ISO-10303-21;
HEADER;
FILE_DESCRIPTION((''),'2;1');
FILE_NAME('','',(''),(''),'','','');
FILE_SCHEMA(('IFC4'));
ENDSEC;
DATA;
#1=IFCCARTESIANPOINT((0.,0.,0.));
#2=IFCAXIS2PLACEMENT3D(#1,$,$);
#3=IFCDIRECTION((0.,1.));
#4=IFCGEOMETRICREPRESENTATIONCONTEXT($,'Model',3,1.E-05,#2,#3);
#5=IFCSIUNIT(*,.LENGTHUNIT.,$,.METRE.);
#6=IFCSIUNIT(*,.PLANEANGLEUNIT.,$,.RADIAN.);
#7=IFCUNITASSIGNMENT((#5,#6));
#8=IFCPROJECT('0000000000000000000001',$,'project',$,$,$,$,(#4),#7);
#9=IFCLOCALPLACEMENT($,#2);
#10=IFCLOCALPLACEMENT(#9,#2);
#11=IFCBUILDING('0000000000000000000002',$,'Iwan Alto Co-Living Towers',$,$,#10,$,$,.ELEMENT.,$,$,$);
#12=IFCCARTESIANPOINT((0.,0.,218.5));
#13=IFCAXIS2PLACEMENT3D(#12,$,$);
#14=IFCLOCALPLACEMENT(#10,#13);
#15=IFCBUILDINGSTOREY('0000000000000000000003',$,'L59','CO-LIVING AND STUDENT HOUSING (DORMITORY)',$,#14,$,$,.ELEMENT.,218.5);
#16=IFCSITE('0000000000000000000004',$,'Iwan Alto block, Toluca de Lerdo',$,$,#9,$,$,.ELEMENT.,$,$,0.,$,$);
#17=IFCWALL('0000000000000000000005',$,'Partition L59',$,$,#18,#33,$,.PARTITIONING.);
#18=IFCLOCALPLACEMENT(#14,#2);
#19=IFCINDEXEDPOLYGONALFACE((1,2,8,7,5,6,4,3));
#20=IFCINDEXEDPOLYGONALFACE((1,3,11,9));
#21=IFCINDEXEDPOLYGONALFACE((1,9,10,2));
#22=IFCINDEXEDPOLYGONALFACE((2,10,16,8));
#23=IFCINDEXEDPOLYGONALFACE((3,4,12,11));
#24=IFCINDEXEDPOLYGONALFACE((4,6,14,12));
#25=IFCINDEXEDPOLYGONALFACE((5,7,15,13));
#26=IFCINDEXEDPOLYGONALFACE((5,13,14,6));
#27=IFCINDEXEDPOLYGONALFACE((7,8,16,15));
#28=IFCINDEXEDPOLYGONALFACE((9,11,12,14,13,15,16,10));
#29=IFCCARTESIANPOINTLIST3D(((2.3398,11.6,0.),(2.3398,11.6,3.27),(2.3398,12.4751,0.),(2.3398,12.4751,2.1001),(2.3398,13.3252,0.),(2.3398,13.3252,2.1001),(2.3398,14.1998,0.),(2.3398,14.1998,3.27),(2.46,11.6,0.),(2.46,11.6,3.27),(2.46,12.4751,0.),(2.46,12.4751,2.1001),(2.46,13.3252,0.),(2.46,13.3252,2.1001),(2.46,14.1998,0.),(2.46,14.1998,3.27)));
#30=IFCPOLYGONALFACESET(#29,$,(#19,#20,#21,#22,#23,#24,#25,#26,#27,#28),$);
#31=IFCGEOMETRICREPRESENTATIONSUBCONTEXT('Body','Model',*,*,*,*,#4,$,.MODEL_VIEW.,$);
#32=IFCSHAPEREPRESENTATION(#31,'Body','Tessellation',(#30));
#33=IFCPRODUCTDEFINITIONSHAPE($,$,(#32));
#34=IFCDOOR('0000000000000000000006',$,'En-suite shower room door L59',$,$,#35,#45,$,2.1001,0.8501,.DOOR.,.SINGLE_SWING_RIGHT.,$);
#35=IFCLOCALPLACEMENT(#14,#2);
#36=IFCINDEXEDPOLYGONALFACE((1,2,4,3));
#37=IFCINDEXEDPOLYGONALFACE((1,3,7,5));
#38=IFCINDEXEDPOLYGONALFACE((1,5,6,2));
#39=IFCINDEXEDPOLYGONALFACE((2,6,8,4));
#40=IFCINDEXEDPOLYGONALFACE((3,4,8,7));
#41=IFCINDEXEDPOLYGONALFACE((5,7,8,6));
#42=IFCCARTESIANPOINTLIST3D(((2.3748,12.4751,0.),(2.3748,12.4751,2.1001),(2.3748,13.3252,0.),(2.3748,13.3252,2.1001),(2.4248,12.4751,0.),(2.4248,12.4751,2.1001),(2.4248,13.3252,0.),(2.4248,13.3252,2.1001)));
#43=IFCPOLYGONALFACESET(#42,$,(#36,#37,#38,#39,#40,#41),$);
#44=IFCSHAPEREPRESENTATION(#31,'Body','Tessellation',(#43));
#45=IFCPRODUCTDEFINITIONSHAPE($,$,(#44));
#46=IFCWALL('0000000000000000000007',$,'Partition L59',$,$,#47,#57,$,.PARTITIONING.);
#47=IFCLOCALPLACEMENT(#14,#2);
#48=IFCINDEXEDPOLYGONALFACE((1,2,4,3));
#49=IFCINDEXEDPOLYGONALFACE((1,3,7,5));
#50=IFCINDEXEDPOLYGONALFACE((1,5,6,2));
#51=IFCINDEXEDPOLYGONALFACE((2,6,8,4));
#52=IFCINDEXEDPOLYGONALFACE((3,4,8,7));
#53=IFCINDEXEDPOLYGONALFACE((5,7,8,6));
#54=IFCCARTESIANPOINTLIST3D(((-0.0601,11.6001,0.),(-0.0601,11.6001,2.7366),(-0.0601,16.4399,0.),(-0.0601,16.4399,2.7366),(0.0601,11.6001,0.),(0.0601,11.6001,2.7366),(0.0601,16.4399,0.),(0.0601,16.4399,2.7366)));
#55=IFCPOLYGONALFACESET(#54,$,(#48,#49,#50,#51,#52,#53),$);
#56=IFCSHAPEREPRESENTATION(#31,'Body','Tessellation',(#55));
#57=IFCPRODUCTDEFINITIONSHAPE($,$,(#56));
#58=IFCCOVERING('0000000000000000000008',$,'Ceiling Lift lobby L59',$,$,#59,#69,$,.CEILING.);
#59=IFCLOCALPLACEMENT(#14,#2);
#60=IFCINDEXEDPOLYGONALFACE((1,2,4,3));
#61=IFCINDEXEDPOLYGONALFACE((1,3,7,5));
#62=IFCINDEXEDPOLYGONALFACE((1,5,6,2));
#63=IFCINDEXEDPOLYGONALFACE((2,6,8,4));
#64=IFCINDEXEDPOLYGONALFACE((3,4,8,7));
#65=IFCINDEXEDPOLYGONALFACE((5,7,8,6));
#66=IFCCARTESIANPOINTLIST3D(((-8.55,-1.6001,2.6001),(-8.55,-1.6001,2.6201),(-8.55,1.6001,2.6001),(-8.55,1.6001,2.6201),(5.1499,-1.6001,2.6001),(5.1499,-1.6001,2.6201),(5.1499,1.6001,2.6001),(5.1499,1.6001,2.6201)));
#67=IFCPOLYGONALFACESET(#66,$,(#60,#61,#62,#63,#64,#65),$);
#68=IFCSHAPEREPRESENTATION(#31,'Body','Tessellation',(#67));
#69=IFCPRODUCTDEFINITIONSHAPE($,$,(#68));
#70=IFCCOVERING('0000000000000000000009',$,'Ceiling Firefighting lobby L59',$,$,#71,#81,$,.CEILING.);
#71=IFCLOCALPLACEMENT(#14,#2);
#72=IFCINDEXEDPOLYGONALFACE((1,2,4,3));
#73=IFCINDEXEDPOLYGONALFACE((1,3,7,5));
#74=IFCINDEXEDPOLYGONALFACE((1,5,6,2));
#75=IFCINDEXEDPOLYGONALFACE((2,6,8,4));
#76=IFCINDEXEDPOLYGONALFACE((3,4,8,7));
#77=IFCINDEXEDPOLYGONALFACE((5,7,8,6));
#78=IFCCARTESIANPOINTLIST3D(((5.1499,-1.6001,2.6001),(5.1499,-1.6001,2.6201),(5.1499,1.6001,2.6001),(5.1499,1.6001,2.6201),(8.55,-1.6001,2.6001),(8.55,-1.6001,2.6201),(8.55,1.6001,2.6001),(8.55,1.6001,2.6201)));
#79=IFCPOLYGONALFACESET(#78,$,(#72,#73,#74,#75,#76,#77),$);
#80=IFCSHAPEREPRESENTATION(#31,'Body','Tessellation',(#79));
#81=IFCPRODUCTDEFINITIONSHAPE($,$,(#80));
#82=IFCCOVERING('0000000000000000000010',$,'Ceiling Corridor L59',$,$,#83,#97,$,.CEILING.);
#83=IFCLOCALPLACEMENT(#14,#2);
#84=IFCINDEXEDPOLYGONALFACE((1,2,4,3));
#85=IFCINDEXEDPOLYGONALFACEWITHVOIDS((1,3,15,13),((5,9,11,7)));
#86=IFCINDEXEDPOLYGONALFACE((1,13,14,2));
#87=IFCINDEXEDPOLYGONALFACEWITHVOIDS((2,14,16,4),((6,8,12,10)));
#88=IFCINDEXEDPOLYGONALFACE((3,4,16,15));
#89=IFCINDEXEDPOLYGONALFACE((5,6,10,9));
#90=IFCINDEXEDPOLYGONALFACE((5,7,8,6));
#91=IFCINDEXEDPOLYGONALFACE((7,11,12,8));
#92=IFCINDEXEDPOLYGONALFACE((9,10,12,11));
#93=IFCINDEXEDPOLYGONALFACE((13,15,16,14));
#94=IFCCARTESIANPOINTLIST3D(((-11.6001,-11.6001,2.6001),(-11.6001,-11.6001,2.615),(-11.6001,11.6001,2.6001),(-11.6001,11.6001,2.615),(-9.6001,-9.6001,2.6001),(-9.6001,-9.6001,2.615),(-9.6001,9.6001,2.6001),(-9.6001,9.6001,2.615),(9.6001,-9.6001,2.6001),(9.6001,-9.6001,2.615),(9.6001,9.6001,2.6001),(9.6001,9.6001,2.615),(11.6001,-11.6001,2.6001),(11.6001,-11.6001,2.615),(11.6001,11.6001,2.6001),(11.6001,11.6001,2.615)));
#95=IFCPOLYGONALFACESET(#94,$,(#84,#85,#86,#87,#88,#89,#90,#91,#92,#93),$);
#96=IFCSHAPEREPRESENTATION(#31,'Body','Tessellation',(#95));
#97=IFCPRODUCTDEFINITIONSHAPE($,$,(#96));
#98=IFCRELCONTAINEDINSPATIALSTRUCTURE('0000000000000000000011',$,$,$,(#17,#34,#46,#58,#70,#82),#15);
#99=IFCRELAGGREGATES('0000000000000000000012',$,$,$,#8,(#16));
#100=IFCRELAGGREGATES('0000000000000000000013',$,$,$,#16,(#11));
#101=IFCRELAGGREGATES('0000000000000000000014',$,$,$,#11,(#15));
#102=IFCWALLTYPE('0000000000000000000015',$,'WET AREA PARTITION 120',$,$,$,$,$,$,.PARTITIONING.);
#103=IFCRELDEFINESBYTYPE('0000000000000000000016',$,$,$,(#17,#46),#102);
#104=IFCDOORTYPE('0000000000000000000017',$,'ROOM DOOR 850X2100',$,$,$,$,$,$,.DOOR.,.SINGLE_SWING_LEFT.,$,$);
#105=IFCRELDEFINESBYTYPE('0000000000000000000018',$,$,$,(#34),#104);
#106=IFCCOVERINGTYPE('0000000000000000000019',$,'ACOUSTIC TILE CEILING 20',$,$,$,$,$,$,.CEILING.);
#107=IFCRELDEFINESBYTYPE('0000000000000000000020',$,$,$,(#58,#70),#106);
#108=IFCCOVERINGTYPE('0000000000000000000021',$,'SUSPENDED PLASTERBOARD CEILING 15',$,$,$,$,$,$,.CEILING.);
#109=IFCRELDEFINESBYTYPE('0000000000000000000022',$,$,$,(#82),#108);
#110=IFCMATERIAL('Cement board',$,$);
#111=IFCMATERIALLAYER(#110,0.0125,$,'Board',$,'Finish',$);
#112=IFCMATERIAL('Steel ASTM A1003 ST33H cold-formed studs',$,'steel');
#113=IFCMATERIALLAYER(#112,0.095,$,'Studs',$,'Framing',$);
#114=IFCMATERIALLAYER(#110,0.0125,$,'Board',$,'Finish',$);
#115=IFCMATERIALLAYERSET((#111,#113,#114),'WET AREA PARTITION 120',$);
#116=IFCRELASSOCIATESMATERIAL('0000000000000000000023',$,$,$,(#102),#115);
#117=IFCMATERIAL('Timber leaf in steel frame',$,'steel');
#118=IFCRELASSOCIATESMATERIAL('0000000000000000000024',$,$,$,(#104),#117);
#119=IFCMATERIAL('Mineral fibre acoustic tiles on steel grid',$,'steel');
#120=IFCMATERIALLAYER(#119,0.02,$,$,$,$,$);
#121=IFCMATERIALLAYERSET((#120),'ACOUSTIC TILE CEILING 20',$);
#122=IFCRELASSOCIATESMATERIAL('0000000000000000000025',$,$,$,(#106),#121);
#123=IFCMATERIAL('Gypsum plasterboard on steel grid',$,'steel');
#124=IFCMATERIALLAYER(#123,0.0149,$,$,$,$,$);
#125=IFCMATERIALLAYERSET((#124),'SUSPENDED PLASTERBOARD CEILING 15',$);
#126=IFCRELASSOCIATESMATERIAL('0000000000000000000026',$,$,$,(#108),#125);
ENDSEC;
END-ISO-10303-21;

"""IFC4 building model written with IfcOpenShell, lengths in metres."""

from ifc_helpers import new_model, si_unit, direction, frame, frame_2d, origin, place, context, subcontext, project, spatial, polyline, rectangle, outline, extrude, material, layer, layer_set, type_object, element, fill, save


model = new_model("IFC4")

# Units and contexts
model_context = context("Model", 3, precision=1e-05, world=origin(), true_north=direction((0.0, 1.0)))
body_context = subcontext(model_context, "Body", "Model", "MODEL_VIEW")
ifc_project = project(units=[si_unit("LENGTHUNIT", "METRE"), si_unit("PLANEANGLEUNIT", "RADIAN")], contexts=[model_context])

# Site, building, storey
site_placement = place(None, origin())
site = spatial("IfcSite", under=ifc_project, at=site_placement, Name="Iwan Alto block, Toluca de Lerdo", CompositionType="ELEMENT", RefElevation=0.0)
building_placement = place(site_placement, origin())
building = spatial("IfcBuilding", under=site, at=building_placement, Name="Iwan Alto Co-Living Towers", CompositionType="ELEMENT")
storey_placement = place(building_placement, frame((0.0, 0.0, 218.5)))
storey = spatial("IfcBuildingStorey", under=building, at=storey_placement, Name="L59", Description="CO-LIVING AND STUDENT HOUSING (DORMITORY)", CompositionType="ELEMENT", Elevation=218.5)

# Shared definitions
ifc_material_1 = material(Name="Steel ASTM A1003 ST33H cold-formed studs", Category="steel")

# Shared definitions
ifc_material_2 = material(Name="Cement board")
ifc_layer_1 = layer(ifc_material_2, 0.0125, Name="Board", Category="Finish")
ifc_layer_2 = layer(ifc_material_1, 0.095, Name="Studs", Category="Framing")
ifc_layer_3 = layer(ifc_material_2, 0.0125, Name="Board", Category="Finish")
ifc_layer_set_1 = layer_set([ifc_layer_1, ifc_layer_2, ifc_layer_3], Name="WET AREA PARTITION 120")
wall_type_1 = type_object("IfcWallType", Name="WET AREA PARTITION 120", PredefinedType="PARTITIONING", material=ifc_layer_set_1)
ifc_material_3 = material(Name="Timber leaf in steel frame", Category="steel")
door_type_1 = type_object("IfcDoorType", Name="ROOM DOOR 850X2100", OperationType="SINGLE_SWING_LEFT", PredefinedType="DOOR", material=ifc_material_3)

# Wall, opening, door
wall_1_placement = place(storey_placement, frame((2.3999, 11.6001, 0.0), z_axis=(0.0, 0.0, 1.0), x_axis=(0.0, 1.0, 0.0)))
wall_1 = element("IfcWall", 1, at=wall_1_placement, inside=storey, type_object=wall_type_1, Name="Partition L59", PredefinedType="PARTITIONING", context=body_context, shape_type="SweptSolid", body=[
    extrude(rectangle(XDim=2.5999, YDim=0.1201, at=frame_2d((1.2998, 0.0))), origin(), (0.0, 0.0, 1.0), 3.27),
])
opening_1_placement = place(wall_1_placement, frame((0.875, 0.0, 0.0)))
opening_1 = element("IfcOpeningElement", 2, at=opening_1_placement, cuts=wall_1, PredefinedType="OPENING", context=body_context, shape_type="SweptSolid", body=[
    extrude(rectangle(XDim=0.8501, YDim=2.1001, at=frame_2d((0.425, 1.05))), frame((0.0, 0.0701, 0.0), z_axis=(0.0, -1.0, 0.0), x_axis=(1.0, 0.0, 0.0)), (0.0, 0.0, 1.0), 0.1401),
])
door_1_placement = place(opening_1_placement, frame((0.8501, 0.0, 0.0), z_axis=(0.0, 0.0, 1.0), x_axis=(-1.0, 0.0, 0.0)))
door_1 = element("IfcDoor", 3, at=door_1_placement, inside=storey, type_object=door_type_1, Name="En-suite shower room door L59", OperationType="SINGLE_SWING_RIGHT", OverallHeight=2.1001, OverallWidth=0.8501, PredefinedType="DOOR", context=body_context, shape_type="SweptSolid", body=[
    extrude(rectangle(XDim=0.8501, YDim=2.1001, at=frame_2d((0.425, 1.05))), frame((0.0, 0.0249, 0.0), z_axis=(0.0, -1.0, 0.0), x_axis=(1.0, 0.0, 0.0)), (0.0, 0.0, 1.0), 0.05),
])
fill(opening_1, door_1)

# Wall
wall_2_placement = place(storey_placement, frame((0.0, 11.6001, 0.0), z_axis=(0.0, 0.0, 1.0), x_axis=(0.0, 1.0, 0.0)))
element("IfcWall", 4, at=wall_2_placement, inside=storey, type_object=wall_type_1, Name="Partition L59", PredefinedType="PARTITIONING", context=body_context, shape_type="SweptSolid", body=[
    extrude(rectangle(XDim=4.8398, YDim=0.1201, at=frame_2d((2.4199, 0.0))), origin(), (0.0, 0.0, 1.0), 2.7366),
])

# Coverings
ifc_material_4 = material(Name="Mineral fibre acoustic tiles on steel grid", Category="steel")
ifc_layer_4 = layer(ifc_material_4, 0.02)
ifc_layer_set_2 = layer_set([ifc_layer_4], Name="ACOUSTIC TILE CEILING 20")
covering_type_1 = type_object("IfcCoveringType", Name="ACOUSTIC TILE CEILING 20", PredefinedType="CEILING", material=ifc_layer_set_2)
covering_1_placement = place(storey_placement, frame((0.0, 0.0, 2.6001)))
element("IfcCovering", 5, at=covering_1_placement, inside=storey, type_object=covering_type_1, Name="Ceiling Lift lobby L59", PredefinedType="CEILING", context=body_context, shape_type="SweptSolid", body=[
    extrude(outline(polyline([(-8.55, -1.6001), (-8.55, 1.6001), (5.1499, 1.6001), (5.1499, -1.6001), (-8.55, -1.6001)])), origin(), (0.0, 0.0, 1.0), 0.02),
])
covering_2_placement = place(storey_placement, frame((0.0, 0.0, 2.6001)))
element("IfcCovering", 6, at=covering_2_placement, inside=storey, type_object=covering_type_1, Name="Ceiling Firefighting lobby L59", PredefinedType="CEILING", context=body_context, shape_type="SweptSolid", body=[
    extrude(outline(polyline([(5.1499, -1.6001), (5.1499, 1.6001), (8.55, 1.6001), (8.55, -1.6001), (5.1499, -1.6001)])), origin(), (0.0, 0.0, 1.0), 0.02),
])
ifc_material_5 = material(Name="Gypsum plasterboard on steel grid", Category="steel")
ifc_layer_5 = layer(ifc_material_5, 0.0149)
ifc_layer_set_3 = layer_set([ifc_layer_5], Name="SUSPENDED PLASTERBOARD CEILING 15")
covering_type_2 = type_object("IfcCoveringType", Name="SUSPENDED PLASTERBOARD CEILING 15", PredefinedType="CEILING", material=ifc_layer_set_3)
covering_3_placement = place(storey_placement, frame((0.0, 0.0, 2.6001)))
element("IfcCovering", 7, at=covering_3_placement, inside=storey, type_object=covering_type_2, Name="Ceiling Corridor L59", PredefinedType="CEILING", context=body_context, shape_type="SweptSolid", body=[
    extrude(outline(polyline([(-11.6001, 11.6001), (11.6001, 11.6001), (11.6001, -11.6001), (-11.6001, -11.6001), (-11.6001, 11.6001)]), holes=[polyline([(-9.6001, 9.6001), (-9.6001, -9.6001), (9.6001, -9.6001), (9.6001, 9.6001), (-9.6001, 9.6001)])]), origin(), (0.0, 0.0, 1.0), 0.0149),
])

save(model, "model.ifc")
